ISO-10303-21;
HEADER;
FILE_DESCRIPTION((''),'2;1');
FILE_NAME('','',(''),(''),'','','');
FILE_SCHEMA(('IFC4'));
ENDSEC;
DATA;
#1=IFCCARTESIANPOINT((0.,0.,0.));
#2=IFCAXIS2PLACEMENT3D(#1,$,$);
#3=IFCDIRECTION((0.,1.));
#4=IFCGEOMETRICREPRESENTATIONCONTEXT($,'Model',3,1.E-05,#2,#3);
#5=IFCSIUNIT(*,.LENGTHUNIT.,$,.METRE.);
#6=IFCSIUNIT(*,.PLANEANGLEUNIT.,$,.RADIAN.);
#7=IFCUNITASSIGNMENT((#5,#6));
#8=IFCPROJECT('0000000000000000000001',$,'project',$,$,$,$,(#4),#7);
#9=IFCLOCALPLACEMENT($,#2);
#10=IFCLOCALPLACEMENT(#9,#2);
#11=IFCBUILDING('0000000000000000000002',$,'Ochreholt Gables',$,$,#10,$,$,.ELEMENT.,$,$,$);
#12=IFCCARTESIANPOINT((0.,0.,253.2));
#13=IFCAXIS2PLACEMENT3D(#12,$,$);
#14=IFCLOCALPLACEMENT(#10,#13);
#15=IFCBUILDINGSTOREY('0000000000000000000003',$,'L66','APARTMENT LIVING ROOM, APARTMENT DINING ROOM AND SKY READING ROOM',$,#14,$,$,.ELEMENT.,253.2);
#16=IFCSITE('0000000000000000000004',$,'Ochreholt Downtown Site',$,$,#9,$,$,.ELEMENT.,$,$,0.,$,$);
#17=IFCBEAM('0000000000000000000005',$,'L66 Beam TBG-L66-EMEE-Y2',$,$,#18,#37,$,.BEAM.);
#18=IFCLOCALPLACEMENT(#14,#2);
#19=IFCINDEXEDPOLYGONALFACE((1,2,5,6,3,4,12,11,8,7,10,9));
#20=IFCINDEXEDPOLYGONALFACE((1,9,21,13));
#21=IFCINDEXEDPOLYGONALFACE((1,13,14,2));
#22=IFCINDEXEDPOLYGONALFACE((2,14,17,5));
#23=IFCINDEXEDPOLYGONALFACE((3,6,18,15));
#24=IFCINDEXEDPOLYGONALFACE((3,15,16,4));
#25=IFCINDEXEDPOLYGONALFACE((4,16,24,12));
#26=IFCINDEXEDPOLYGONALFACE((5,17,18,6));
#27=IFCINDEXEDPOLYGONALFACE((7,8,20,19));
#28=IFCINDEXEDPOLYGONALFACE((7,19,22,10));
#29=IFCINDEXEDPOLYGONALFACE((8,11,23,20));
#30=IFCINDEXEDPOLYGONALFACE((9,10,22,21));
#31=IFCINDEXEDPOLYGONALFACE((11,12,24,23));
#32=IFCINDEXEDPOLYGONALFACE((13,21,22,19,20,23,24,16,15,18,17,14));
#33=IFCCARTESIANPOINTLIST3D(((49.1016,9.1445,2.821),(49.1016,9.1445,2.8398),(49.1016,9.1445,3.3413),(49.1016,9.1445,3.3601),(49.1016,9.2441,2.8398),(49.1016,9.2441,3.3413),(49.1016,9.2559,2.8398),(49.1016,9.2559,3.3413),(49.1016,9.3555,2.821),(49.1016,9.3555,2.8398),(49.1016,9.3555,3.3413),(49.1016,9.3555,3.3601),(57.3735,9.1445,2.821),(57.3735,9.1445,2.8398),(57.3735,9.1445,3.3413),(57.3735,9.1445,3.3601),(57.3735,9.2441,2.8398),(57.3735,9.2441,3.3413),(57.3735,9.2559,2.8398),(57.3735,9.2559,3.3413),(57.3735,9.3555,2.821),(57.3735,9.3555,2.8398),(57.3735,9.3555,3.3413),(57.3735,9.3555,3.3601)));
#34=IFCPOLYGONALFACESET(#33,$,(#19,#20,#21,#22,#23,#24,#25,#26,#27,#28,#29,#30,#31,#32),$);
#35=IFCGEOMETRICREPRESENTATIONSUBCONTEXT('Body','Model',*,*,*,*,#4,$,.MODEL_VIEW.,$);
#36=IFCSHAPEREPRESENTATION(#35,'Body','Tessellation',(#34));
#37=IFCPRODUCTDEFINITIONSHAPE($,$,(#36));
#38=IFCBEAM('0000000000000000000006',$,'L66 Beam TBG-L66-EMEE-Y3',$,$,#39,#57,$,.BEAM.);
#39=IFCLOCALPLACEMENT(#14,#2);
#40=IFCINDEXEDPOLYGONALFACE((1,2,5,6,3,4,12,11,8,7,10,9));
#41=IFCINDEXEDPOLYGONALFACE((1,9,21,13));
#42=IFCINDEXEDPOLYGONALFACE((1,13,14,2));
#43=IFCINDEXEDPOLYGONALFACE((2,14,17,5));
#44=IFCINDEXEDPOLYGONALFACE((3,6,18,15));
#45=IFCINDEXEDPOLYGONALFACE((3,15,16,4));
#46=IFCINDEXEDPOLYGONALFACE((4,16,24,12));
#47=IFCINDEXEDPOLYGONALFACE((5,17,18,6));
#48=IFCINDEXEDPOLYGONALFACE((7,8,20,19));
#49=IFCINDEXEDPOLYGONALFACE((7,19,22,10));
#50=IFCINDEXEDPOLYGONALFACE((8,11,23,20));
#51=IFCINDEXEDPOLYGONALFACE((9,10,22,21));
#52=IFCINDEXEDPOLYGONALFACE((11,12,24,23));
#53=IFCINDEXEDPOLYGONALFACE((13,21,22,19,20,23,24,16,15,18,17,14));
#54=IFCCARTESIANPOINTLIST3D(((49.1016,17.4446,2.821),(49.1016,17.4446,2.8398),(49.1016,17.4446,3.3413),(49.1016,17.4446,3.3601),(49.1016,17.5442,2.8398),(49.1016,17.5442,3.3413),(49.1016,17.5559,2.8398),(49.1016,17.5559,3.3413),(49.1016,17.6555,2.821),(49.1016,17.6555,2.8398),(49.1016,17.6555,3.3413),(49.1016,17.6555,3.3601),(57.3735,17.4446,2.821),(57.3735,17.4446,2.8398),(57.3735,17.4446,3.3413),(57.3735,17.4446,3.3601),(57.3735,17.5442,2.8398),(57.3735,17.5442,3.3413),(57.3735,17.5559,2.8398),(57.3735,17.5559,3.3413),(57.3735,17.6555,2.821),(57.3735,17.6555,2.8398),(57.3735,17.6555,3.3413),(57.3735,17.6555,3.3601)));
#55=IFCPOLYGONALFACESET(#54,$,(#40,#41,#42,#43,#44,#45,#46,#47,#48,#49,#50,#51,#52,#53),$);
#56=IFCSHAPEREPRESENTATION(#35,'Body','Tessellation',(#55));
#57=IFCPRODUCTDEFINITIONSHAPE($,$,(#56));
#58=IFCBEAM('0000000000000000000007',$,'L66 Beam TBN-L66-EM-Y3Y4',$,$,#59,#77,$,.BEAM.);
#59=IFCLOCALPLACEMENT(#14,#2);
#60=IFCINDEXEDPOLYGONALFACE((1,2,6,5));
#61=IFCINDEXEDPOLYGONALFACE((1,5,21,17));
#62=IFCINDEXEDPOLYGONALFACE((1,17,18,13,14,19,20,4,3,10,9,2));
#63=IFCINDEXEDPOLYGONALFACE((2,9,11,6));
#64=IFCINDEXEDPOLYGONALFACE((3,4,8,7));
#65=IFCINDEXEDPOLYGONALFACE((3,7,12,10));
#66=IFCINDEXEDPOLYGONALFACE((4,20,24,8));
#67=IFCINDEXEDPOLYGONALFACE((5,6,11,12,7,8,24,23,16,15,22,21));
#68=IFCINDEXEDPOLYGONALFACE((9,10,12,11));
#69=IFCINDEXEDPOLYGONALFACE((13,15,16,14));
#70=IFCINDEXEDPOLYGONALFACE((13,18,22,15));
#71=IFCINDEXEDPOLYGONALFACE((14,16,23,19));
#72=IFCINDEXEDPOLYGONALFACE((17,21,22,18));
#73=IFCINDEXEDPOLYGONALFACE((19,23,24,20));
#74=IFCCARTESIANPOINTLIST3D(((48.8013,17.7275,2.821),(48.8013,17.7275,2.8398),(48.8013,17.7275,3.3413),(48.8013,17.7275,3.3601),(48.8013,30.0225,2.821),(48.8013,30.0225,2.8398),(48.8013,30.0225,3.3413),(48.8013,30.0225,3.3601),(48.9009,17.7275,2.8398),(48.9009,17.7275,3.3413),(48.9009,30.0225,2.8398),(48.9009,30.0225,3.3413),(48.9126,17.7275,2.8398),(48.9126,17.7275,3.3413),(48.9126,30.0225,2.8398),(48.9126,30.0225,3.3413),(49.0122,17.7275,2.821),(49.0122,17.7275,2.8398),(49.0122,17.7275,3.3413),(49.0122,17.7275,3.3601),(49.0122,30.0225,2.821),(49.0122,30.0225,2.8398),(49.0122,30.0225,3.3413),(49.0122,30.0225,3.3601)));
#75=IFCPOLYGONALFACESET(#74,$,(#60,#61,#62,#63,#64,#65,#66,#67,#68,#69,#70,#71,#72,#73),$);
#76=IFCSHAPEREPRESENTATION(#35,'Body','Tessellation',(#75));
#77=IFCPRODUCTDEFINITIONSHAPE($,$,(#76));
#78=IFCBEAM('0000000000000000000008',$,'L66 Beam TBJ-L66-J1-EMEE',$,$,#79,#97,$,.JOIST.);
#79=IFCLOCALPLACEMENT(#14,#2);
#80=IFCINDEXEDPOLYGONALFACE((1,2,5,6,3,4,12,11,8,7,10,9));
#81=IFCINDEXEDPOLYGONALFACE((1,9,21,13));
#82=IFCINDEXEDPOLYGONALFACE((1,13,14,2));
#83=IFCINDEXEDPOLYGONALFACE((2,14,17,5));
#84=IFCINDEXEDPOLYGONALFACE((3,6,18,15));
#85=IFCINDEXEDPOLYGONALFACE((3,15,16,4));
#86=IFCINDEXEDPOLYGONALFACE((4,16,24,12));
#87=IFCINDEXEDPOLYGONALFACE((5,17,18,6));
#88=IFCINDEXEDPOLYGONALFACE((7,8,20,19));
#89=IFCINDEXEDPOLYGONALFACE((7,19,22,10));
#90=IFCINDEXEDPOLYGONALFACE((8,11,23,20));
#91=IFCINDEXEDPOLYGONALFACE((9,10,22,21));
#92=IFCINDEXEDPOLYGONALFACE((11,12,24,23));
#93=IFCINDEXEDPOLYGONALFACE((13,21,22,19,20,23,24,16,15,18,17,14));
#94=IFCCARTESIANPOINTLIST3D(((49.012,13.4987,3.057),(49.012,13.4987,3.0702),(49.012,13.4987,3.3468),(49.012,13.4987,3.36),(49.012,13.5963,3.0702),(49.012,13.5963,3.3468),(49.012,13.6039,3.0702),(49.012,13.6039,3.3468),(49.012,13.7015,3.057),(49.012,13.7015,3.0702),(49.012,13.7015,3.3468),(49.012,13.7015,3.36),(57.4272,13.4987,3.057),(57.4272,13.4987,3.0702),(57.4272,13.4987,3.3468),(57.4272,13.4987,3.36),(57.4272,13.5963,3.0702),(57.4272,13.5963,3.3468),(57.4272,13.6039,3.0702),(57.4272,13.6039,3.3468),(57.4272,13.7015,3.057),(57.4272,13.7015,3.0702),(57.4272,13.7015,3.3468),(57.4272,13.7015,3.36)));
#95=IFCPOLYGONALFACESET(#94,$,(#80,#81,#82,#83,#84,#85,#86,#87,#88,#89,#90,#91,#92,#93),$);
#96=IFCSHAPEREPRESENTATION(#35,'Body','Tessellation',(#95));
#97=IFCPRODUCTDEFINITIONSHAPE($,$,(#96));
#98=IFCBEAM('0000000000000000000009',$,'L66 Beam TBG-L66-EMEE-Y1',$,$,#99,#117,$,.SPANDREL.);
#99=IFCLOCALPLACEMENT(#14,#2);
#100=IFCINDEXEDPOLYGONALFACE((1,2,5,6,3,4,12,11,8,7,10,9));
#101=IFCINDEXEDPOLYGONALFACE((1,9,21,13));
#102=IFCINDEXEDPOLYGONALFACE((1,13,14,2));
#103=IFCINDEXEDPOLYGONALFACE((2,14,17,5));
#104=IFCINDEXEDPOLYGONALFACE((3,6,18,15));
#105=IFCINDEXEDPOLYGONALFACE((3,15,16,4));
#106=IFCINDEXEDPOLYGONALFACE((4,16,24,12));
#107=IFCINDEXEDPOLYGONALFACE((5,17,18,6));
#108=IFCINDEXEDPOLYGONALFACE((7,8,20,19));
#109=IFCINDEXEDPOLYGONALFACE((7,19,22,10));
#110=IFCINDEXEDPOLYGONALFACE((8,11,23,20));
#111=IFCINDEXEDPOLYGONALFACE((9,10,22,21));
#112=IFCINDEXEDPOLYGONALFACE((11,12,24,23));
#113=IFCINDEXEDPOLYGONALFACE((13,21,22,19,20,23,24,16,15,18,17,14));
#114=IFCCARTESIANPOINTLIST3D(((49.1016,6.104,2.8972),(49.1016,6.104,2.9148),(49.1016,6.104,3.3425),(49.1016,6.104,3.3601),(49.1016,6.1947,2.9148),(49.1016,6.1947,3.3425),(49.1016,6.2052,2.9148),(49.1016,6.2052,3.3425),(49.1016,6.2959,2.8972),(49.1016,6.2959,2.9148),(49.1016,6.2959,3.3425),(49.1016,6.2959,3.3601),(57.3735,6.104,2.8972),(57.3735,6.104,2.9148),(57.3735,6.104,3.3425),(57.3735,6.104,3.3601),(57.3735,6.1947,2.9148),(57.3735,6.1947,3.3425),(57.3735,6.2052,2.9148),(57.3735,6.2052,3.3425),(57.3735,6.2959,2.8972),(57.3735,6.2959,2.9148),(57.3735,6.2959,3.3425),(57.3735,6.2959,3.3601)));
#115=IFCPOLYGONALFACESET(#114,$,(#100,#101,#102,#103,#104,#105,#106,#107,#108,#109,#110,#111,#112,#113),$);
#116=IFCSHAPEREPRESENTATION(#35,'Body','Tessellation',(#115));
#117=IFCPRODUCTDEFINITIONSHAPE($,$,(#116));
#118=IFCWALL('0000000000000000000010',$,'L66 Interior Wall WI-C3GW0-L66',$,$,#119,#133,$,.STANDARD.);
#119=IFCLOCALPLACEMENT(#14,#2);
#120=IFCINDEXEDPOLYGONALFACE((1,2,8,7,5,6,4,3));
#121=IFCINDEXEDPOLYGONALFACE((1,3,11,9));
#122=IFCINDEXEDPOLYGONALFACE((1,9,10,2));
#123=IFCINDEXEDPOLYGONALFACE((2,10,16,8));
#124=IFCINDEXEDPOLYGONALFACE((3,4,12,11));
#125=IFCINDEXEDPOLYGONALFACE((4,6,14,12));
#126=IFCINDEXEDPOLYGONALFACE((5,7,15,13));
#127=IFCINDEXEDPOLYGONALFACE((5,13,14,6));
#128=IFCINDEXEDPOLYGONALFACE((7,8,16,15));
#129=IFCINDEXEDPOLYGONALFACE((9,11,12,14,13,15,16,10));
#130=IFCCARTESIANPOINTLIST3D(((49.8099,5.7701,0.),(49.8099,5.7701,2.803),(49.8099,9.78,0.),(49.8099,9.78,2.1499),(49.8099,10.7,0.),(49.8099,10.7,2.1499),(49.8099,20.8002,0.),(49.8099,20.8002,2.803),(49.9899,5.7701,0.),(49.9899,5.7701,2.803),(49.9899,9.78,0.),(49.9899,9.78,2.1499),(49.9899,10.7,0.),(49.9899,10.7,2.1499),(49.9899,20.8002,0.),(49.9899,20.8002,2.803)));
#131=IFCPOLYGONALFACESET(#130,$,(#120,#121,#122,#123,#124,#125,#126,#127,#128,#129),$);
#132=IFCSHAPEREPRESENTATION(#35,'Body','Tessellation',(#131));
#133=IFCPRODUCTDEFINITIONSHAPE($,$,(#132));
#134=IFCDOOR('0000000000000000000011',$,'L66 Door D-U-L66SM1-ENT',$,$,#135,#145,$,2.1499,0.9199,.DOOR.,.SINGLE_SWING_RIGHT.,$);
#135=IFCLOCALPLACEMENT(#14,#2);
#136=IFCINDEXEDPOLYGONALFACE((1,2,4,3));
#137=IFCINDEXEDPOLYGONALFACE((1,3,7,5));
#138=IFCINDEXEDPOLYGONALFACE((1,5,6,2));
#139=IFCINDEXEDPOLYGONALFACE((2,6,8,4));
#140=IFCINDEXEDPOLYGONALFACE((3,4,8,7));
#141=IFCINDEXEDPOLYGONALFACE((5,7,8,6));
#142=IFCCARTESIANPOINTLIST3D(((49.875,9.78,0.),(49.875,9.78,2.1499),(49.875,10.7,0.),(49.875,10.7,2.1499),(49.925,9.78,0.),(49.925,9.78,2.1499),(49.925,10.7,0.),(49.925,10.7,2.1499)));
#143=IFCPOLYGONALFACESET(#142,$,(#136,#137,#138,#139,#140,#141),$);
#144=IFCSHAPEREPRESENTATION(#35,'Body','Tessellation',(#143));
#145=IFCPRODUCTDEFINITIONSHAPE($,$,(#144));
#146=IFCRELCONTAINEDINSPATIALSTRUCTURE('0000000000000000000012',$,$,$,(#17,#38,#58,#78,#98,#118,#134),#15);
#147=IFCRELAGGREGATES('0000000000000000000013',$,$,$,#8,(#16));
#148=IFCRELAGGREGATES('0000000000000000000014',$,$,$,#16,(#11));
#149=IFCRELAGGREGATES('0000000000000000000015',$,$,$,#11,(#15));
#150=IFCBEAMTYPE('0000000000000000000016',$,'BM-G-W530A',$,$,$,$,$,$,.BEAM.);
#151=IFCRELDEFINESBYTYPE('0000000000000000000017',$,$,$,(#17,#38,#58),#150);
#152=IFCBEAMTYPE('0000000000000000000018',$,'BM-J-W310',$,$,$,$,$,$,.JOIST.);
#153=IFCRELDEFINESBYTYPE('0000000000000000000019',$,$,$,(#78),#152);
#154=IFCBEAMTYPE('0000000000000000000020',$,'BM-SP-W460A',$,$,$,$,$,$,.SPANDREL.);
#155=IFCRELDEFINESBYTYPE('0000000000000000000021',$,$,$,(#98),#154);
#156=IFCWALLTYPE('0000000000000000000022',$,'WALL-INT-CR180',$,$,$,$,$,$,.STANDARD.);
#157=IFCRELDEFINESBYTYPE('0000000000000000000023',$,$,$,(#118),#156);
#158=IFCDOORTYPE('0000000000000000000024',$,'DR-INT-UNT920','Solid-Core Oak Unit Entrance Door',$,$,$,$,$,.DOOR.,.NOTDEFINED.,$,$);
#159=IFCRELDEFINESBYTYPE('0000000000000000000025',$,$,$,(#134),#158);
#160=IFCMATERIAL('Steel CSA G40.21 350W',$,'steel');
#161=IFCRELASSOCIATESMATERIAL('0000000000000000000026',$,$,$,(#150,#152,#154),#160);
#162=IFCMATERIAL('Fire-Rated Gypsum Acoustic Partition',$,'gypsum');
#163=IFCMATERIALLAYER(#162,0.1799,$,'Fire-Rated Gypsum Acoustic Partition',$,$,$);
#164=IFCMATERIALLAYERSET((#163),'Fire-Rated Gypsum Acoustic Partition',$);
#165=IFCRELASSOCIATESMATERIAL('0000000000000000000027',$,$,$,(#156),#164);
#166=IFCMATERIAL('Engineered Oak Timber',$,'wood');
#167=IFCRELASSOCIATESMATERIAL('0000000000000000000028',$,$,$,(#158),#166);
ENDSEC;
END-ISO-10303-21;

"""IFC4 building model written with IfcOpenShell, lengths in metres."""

from ifc_helpers import new_model, si_unit, direction, frame, frame_2d, origin, origin_2d, place, context, subcontext, project, spatial, rectangle, i_section, extrude, material, layer, layer_set, material_profile, profile_set, type_object, element, fill, save


model = new_model("IFC4")

# Units and contexts
model_context = context("Model", 3, precision=1e-05, world=origin(), true_north=direction((0.0, 1.0)))
body_context = subcontext(model_context, "Body", "Model", "MODEL_VIEW")
ifc_project = project(units=[si_unit("LENGTHUNIT", "METRE"), si_unit("PLANEANGLEUNIT", "RADIAN")], contexts=[model_context])

# Site, building, storey
site_placement = place(None, origin())
site = spatial("IfcSite", under=ifc_project, at=site_placement, Name="Ochreholt Downtown Site", CompositionType="ELEMENT", RefElevation=0.0)
building_placement = place(site_placement, origin())
building = spatial("IfcBuilding", under=site, at=building_placement, Name="Ochreholt Gables", CompositionType="ELEMENT")
storey_placement = place(building_placement, frame((0.0, 0.0, 253.2)))
storey = spatial("IfcBuildingStorey", under=building, at=storey_placement, Name="L66", Description="APARTMENT LIVING ROOM, APARTMENT DINING ROOM AND SKY READING ROOM", CompositionType="ELEMENT", Elevation=253.2)

# Beams
ifc_material_1 = material(Name="Steel CSA G40.21 350W", Category="steel")
ifc_material_profile_1 = material_profile(ifc_material_1, i_section(OverallWidth=0.2109, OverallDepth=0.5391, WebThickness=0.0117, FlangeThickness=0.0188, at=origin_2d()), Name="W530X109")
ifc_profile_set_1 = profile_set([ifc_material_profile_1], Name="Steel CSA G40.21 350W")
beam_type_1 = type_object("IfcBeamType", Name="BM-G-W530A", PredefinedType="BEAM", material=ifc_profile_set_1)
for number, where, z_axis, x_axis, name in (
    (1, (49.1016, 9.25, 3.0906), (1.0, 0.0, 0.0), (0.0, 1.0, 0.0), "L66 Beam TBG-L66-EMEE-Y2"),
    (2, (49.1016, 17.55, 3.0906), (1.0, 0.0, 0.0), (0.0, 1.0, 0.0), "L66 Beam TBG-L66-EMEE-Y3"),
):
    element("IfcBeam", number, at=place(storey_placement, frame(where, z_axis=z_axis, x_axis=x_axis)), inside=storey, type_object=beam_type_1, Name=name, PredefinedType="BEAM", context=body_context, shape_type="SweptSolid", body=[
        extrude(i_section(OverallWidth=0.2109, OverallDepth=0.5391, WebThickness=0.0117, FlangeThickness=0.0188, at=origin_2d()), origin(), (0.0, 0.0, 1.0), 8.272),
    ])
beam_1_placement = place(storey_placement, frame((48.9067, 17.7275, 3.0906), z_axis=(0.0, 1.0, 0.0), x_axis=(-1.0, 0.0, 0.0)))
element("IfcBeam", 3, at=beam_1_placement, inside=storey, type_object=beam_type_1, Name="L66 Beam TBN-L66-EM-Y3Y4", PredefinedType="BEAM", context=body_context, shape_type="SweptSolid", body=[
    extrude(i_section(OverallWidth=0.2109, OverallDepth=0.5391, WebThickness=0.0117, FlangeThickness=0.0188, at=origin_2d()), origin(), (0.0, 0.0, 1.0), 12.2949),
])
ifc_material_profile_2 = material_profile(ifc_material_1, i_section(OverallWidth=0.2029, OverallDepth=0.303, WebThickness=0.0076, FlangeThickness=0.0132, at=origin_2d()), Name="W310X60")
ifc_profile_set_2 = profile_set([ifc_material_profile_2], Name="Steel CSA G40.21 350W")
beam_type_2 = type_object("IfcBeamType", Name="BM-J-W310", PredefinedType="JOIST", material=ifc_profile_set_2)
beam_2_placement = place(storey_placement, frame((49.012, 13.6001, 3.2085), z_axis=(1.0, 0.0, 0.0), x_axis=(0.0, 1.0, 0.0)))
element("IfcBeam", 4, at=beam_2_placement, inside=storey, type_object=beam_type_2, Name="L66 Beam TBJ-L66-J1-EMEE", PredefinedType="JOIST", context=body_context, shape_type="SweptSolid", body=[
    extrude(i_section(OverallWidth=0.2029, OverallDepth=0.303, WebThickness=0.0076, FlangeThickness=0.0132, at=origin_2d()), origin(), (0.0, 0.0, 1.0), 8.4153),
])
ifc_material_profile_3 = material_profile(ifc_material_1, i_section(OverallWidth=0.1919, OverallDepth=0.4629, WebThickness=0.0105, FlangeThickness=0.0176, at=origin_2d()), Name="W460X89")
ifc_profile_set_3 = profile_set([ifc_material_profile_3], Name="Steel CSA G40.21 350W")
beam_type_3 = type_object("IfcBeamType", Name="BM-SP-W460A", PredefinedType="SPANDREL", material=ifc_profile_set_3)
beam_3_placement = place(storey_placement, frame((49.1016, 6.2, 3.1287), z_axis=(1.0, 0.0, 0.0), x_axis=(0.0, 1.0, 0.0)))
element("IfcBeam", 5, at=beam_3_placement, inside=storey, type_object=beam_type_3, Name="L66 Beam TBG-L66-EMEE-Y1", PredefinedType="SPANDREL", context=body_context, shape_type="SweptSolid", body=[
    extrude(i_section(OverallWidth=0.1919, OverallDepth=0.4629, WebThickness=0.0105, FlangeThickness=0.0176, at=origin_2d()), origin(), (0.0, 0.0, 1.0), 8.272),
])

# Wall, opening, door
ifc_material_2 = material(Name="Fire-Rated Gypsum Acoustic Partition", Category="gypsum")
ifc_layer_1 = layer(ifc_material_2, 0.1799, Name="Fire-Rated Gypsum Acoustic Partition")
ifc_layer_set_1 = layer_set([ifc_layer_1], Name="Fire-Rated Gypsum Acoustic Partition")
wall_type_1 = type_object("IfcWallType", Name="WALL-INT-CR180", PredefinedType="STANDARD", material=ifc_layer_set_1)
wall_1_placement = place(storey_placement, frame((49.8999, 5.77, 0.0), z_axis=(0.0, 0.0, 1.0), x_axis=(0.0, 1.0, 0.0)))
wall_1 = element("IfcWall", 6, at=wall_1_placement, inside=storey, type_object=wall_type_1, Name="L66 Interior Wall WI-C3GW0-L66", PredefinedType="STANDARD", context=body_context, shape_type="SweptSolid", body=[
    extrude(rectangle(XDim=15.03, YDim=0.1799, at=frame_2d((7.5151, 0.0))), origin(), (0.0, 0.0, 1.0), 2.803),
])
opening_1_placement = place(wall_1_placement, frame((4.01, 0.0, 0.0)))
opening_1 = element("IfcOpeningElement", 7, at=opening_1_placement, cuts=wall_1, PredefinedType="OPENING", context=body_context, shape_type="SweptSolid", body=[
    extrude(rectangle(XDim=0.9199, YDim=2.1499, at=frame_2d((0.46, 1.075))), frame((0.0, 0.0999, 0.0), z_axis=(0.0, -1.0, 0.0), x_axis=(1.0, 0.0, 0.0)), (0.0, 0.0, 1.0), 0.2),
])
ifc_material_3 = material(Name="Engineered Oak Timber", Category="wood")
door_type_1 = type_object("IfcDoorType", Name="DR-INT-UNT920", Description="Solid-Core Oak Unit Entrance Door", OperationType="NOTDEFINED", PredefinedType="DOOR", material=ifc_material_3)
door_1_placement = place(opening_1_placement, origin())
door_1 = element("IfcDoor", 8, at=door_1_placement, inside=storey, type_object=door_type_1, Name="L66 Door D-U-L66SM1-ENT", OperationType="SINGLE_SWING_RIGHT", OverallHeight=2.1499, OverallWidth=0.9199, PredefinedType="DOOR", context=body_context, shape_type="SweptSolid", body=[
    extrude(rectangle(XDim=0.9199, YDim=2.1499, at=frame_2d((0.46, 1.075))), frame((0.0, 0.0249, 0.0), z_axis=(0.0, -1.0, 0.0), x_axis=(1.0, 0.0, 0.0)), (0.0, 0.0, 1.0), 0.05),
])
fill(opening_1, door_1)

save(model, "model.ifc")
